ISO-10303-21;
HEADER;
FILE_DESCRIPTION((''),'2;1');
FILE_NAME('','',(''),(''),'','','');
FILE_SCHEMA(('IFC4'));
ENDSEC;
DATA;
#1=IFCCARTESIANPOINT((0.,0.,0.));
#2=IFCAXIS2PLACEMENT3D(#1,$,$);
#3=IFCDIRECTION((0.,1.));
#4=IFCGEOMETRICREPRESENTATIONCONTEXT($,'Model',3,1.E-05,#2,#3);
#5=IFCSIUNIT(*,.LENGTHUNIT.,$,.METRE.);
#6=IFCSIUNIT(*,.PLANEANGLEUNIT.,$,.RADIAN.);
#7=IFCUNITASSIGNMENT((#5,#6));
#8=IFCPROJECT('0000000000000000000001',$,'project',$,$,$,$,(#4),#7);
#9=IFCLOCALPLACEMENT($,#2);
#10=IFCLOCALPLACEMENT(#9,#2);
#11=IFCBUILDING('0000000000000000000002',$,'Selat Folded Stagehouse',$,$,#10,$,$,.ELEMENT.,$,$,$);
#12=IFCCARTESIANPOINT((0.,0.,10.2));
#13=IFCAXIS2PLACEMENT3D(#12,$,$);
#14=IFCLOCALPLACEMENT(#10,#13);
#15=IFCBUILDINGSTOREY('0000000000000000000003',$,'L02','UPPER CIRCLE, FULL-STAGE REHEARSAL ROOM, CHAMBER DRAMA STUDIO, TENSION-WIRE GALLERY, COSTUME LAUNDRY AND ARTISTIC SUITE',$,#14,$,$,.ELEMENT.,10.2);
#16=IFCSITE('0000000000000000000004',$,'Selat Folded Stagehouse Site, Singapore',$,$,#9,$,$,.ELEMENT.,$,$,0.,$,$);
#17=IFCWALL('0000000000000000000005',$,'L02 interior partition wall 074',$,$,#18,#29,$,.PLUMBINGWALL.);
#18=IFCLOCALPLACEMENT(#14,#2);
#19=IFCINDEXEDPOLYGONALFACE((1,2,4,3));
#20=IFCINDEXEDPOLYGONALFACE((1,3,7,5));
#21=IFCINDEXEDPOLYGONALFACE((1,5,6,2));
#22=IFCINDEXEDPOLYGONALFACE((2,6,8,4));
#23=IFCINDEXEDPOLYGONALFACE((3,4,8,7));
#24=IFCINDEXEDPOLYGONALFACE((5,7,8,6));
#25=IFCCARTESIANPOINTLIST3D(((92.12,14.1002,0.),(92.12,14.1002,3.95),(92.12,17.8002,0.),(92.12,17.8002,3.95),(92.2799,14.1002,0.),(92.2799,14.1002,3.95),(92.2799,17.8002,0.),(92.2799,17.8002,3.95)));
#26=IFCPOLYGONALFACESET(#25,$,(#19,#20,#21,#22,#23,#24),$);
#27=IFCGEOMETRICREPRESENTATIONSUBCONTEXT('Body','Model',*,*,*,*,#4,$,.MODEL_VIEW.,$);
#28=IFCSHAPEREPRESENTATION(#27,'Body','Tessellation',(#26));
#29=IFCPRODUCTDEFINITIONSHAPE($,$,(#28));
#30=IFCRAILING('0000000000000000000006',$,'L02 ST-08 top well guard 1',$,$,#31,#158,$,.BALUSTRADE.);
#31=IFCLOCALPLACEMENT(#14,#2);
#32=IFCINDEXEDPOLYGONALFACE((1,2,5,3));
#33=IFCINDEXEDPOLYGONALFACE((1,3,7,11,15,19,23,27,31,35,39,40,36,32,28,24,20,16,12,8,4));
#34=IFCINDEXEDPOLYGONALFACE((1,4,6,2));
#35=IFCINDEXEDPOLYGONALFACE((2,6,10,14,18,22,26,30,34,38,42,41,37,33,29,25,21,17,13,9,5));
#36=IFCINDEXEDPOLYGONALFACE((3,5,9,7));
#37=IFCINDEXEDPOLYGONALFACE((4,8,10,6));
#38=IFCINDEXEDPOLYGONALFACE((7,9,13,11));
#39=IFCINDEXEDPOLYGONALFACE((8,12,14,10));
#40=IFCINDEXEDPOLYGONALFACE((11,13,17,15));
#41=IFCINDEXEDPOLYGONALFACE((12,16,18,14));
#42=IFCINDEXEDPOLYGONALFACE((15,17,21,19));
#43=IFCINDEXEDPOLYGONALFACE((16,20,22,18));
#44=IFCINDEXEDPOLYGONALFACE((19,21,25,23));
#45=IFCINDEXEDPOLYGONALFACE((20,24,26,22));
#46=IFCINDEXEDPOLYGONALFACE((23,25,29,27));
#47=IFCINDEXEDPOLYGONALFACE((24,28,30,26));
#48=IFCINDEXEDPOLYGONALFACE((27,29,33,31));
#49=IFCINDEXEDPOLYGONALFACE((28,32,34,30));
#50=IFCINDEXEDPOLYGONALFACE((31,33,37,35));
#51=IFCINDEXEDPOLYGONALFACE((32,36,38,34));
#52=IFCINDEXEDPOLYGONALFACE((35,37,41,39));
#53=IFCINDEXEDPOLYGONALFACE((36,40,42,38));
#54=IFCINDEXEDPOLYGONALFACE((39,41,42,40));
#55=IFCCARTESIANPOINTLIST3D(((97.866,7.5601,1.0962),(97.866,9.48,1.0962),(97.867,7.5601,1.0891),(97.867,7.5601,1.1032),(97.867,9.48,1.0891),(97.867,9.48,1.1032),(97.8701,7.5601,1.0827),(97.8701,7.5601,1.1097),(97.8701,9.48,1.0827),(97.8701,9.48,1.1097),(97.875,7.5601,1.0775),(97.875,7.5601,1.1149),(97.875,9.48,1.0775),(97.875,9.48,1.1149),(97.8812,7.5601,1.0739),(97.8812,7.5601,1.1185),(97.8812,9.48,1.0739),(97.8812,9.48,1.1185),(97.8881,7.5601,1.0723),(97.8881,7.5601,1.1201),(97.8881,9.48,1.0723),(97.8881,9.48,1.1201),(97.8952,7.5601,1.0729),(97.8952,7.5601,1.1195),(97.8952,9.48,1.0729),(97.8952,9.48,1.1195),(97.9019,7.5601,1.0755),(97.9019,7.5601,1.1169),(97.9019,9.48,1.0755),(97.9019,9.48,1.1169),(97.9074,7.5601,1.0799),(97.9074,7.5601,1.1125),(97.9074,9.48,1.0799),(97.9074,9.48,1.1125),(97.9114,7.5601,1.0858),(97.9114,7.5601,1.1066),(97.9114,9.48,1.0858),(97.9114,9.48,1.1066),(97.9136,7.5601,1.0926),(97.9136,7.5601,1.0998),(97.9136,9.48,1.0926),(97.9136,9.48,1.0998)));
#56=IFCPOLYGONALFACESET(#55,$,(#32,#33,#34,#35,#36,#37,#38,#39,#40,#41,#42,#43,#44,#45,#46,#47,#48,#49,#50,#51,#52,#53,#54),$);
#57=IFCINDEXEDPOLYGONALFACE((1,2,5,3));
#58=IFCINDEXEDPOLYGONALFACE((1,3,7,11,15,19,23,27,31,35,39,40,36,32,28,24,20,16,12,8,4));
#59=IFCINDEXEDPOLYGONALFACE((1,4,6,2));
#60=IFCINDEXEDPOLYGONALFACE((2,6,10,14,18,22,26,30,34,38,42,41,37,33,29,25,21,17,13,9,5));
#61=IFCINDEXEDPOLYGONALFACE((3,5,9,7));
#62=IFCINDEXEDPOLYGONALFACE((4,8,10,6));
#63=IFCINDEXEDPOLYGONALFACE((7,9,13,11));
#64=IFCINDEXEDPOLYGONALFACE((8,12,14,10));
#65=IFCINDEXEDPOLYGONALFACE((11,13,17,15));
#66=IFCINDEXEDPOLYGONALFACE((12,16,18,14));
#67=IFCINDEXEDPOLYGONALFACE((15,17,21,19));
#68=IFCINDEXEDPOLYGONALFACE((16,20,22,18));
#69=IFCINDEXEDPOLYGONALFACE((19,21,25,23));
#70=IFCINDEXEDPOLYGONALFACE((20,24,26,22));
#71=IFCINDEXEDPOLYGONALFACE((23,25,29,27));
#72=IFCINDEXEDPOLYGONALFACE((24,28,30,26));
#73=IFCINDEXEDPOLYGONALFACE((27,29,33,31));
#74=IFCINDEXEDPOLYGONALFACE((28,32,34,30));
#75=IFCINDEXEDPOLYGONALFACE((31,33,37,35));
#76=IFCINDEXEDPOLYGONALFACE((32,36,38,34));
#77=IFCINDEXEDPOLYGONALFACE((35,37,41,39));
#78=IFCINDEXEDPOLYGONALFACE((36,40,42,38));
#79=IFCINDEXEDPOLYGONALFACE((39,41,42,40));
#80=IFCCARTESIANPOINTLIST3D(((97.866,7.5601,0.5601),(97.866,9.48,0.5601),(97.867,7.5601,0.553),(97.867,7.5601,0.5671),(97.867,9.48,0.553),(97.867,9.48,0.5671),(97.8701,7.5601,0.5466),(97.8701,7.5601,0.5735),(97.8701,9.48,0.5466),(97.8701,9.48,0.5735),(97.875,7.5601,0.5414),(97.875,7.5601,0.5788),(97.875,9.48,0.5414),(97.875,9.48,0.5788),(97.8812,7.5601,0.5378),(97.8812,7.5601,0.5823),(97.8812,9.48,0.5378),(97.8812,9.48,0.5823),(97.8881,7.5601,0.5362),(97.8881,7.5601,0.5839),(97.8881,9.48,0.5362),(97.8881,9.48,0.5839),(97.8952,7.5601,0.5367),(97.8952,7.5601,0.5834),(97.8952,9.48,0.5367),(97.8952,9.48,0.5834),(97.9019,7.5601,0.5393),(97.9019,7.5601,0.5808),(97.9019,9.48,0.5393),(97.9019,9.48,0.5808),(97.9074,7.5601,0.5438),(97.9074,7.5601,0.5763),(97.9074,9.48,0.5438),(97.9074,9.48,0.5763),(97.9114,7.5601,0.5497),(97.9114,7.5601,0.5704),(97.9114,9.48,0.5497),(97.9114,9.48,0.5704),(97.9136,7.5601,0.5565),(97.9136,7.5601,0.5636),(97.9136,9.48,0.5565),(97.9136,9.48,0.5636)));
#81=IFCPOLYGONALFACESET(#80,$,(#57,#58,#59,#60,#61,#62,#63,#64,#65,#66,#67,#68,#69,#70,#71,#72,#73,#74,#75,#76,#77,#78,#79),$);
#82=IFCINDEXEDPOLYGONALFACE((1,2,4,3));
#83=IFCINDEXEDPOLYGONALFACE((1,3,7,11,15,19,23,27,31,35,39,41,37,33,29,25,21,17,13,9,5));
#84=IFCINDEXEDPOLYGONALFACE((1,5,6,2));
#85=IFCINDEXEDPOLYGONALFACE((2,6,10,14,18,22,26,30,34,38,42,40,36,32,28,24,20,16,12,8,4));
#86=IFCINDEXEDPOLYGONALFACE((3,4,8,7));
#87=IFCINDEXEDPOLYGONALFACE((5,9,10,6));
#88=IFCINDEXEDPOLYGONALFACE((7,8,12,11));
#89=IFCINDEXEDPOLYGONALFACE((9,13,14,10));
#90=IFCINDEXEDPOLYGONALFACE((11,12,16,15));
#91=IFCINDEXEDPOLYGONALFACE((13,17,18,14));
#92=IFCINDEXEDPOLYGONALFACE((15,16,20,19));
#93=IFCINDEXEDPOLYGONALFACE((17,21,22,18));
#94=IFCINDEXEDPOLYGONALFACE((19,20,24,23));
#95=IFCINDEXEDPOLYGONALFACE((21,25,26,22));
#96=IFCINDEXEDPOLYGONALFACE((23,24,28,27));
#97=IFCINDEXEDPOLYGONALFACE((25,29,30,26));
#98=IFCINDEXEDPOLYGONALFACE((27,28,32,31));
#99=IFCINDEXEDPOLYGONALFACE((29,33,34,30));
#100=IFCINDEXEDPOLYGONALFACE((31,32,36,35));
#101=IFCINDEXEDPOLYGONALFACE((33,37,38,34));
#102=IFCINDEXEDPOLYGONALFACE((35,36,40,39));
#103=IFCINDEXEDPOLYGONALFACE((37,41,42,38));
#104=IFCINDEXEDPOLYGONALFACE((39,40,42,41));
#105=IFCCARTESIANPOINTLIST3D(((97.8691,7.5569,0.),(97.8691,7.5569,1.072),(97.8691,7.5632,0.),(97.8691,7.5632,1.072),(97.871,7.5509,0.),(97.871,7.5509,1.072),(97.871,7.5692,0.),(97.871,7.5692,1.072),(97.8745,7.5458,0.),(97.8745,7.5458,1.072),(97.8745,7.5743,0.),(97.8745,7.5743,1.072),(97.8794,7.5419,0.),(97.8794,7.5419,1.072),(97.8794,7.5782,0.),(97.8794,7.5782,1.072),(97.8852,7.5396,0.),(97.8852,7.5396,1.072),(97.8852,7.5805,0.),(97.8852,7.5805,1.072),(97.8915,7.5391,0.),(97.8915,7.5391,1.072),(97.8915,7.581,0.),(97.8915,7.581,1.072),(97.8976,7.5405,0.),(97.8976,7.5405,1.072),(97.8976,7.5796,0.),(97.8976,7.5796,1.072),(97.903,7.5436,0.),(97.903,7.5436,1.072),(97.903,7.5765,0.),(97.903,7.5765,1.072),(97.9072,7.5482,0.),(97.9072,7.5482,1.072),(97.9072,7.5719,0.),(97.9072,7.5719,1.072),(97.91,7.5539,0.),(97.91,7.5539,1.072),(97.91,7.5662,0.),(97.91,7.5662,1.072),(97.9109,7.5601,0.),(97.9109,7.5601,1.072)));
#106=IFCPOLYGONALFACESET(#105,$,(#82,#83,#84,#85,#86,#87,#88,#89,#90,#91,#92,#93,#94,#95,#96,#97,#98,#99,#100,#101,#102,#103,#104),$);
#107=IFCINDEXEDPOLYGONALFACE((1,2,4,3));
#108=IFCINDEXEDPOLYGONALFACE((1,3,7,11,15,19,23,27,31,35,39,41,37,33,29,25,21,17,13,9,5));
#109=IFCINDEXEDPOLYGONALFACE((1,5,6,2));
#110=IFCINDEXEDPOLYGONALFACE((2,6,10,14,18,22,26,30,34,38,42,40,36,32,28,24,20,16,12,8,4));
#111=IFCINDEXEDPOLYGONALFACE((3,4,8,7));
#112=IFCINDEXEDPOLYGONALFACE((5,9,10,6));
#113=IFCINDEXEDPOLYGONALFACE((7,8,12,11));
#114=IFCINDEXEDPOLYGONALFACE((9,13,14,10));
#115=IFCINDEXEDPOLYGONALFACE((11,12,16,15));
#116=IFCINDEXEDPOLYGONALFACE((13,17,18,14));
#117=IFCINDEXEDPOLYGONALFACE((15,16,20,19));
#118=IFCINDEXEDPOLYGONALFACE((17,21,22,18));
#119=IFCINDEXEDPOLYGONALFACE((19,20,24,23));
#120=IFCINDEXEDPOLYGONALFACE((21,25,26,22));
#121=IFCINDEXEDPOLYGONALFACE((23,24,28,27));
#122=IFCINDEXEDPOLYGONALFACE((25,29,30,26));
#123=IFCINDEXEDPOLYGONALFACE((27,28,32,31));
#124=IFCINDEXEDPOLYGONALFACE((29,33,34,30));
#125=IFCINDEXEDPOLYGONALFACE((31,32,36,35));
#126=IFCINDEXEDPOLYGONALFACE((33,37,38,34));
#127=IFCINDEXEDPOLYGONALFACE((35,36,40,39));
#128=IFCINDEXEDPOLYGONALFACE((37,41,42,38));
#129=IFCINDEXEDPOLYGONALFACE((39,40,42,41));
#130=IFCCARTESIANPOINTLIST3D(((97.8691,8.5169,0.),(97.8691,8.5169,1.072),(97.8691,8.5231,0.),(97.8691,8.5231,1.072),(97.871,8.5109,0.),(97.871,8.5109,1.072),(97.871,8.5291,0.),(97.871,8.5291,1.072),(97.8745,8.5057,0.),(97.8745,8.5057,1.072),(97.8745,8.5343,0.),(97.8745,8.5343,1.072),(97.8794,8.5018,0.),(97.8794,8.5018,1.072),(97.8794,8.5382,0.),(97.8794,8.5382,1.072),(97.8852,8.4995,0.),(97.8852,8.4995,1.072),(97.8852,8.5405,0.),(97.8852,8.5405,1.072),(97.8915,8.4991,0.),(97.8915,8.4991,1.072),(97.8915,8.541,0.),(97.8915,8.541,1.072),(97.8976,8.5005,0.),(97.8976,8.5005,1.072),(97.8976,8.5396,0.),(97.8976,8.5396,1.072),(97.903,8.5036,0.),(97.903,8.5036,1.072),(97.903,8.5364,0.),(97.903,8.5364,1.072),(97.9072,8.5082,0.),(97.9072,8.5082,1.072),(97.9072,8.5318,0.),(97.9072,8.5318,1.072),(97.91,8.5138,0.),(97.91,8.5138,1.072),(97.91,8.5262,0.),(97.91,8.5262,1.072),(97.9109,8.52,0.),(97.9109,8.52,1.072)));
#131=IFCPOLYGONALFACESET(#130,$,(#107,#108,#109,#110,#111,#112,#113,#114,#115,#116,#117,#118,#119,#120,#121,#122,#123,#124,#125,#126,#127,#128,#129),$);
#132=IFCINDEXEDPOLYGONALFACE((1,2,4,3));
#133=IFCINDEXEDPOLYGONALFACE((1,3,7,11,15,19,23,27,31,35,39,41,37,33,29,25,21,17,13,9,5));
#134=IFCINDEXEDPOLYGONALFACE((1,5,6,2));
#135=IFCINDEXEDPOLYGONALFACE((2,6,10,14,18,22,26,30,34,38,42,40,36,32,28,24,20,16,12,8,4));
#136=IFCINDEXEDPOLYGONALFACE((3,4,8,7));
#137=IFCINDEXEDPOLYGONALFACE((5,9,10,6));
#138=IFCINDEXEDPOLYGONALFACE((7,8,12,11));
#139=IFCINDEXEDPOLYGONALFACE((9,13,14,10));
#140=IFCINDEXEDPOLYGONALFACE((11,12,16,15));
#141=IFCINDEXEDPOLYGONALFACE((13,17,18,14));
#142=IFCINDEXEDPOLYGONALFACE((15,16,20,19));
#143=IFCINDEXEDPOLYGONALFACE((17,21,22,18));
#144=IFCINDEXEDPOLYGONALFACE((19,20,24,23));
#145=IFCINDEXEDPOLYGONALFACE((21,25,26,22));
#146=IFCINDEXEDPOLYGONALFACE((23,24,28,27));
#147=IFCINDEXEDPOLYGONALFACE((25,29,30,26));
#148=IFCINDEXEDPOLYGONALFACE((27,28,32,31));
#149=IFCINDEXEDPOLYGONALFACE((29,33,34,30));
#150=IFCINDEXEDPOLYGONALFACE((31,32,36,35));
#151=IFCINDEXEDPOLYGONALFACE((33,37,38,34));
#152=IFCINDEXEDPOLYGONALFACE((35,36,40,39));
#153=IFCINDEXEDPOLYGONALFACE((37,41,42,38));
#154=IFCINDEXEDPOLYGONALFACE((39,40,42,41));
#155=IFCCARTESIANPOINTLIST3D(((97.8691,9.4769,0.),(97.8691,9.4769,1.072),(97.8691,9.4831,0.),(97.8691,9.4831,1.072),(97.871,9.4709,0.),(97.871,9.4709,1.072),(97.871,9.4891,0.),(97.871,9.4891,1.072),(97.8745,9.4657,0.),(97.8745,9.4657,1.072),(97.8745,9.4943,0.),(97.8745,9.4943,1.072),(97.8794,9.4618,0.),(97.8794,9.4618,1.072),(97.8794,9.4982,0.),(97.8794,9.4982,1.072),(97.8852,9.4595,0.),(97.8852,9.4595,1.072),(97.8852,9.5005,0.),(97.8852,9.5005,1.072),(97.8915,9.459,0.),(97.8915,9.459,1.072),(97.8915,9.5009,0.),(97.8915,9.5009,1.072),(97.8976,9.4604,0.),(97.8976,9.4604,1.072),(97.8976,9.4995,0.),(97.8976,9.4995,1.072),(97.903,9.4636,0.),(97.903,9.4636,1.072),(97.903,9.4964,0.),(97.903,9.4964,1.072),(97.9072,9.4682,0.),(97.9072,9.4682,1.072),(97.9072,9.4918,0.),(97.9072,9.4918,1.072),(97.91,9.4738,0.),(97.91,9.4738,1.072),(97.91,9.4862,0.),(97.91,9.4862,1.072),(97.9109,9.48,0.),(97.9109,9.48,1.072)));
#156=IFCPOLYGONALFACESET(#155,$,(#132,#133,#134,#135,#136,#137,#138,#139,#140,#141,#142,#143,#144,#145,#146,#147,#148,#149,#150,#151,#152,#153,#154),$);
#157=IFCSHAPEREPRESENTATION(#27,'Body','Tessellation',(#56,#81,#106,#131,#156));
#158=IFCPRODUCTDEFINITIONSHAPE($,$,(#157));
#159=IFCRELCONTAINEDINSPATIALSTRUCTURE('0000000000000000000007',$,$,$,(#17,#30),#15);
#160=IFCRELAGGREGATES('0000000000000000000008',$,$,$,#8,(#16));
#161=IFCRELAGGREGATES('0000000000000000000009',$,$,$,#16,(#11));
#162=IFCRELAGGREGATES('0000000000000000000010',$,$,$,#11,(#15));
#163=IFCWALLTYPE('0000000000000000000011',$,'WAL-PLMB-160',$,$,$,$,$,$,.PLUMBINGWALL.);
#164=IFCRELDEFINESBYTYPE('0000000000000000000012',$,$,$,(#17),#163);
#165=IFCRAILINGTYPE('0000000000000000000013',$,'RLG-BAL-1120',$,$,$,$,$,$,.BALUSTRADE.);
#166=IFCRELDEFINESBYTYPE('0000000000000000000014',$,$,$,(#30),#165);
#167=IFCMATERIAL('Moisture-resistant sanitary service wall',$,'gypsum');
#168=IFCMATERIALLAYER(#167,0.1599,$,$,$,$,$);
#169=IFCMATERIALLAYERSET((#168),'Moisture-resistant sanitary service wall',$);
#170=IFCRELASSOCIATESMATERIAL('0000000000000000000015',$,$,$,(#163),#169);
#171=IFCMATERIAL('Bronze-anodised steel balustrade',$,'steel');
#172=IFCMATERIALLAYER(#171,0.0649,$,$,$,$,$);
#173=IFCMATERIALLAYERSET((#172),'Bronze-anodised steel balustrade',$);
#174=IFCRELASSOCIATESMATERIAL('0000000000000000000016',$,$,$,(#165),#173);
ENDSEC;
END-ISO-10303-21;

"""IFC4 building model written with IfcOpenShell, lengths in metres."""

from ifc_helpers import new_model, si_unit, direction, frame, frame_2d, origin, origin_2d, place, context, subcontext, project, spatial, rectangle, circle, extrude, material, layer, layer_set, type_object, element, save


model = new_model("IFC4")

# Units and contexts
model_context = context("Model", 3, precision=1e-05, world=origin(), true_north=direction((0.0, 1.0)))
body_context = subcontext(model_context, "Body", "Model", "MODEL_VIEW")
ifc_project = project(units=[si_unit("LENGTHUNIT", "METRE"), si_unit("PLANEANGLEUNIT", "RADIAN")], contexts=[model_context])

# Site, building, storey
site_placement = place(None, origin())
site = spatial("IfcSite", under=ifc_project, at=site_placement, Name="Selat Folded Stagehouse Site, Singapore", CompositionType="ELEMENT", RefElevation=0.0)
building_placement = place(site_placement, origin())
building = spatial("IfcBuilding", under=site, at=building_placement, Name="Selat Folded Stagehouse", CompositionType="ELEMENT")
storey_placement = place(building_placement, frame((0.0, 0.0, 10.2)))
storey = spatial("IfcBuildingStorey", under=building, at=storey_placement, Name="L02", Description="UPPER CIRCLE, FULL-STAGE REHEARSAL ROOM, CHAMBER DRAMA STUDIO, TENSION-WIRE GALLERY, COSTUME LAUNDRY AND ARTISTIC SUITE", CompositionType="ELEMENT", Elevation=10.2)

# Shared definitions
ifc_material_1 = material(Name="Moisture-resistant sanitary service wall", Category="gypsum")
ifc_layer_1 = layer(ifc_material_1, 0.1599)
ifc_layer_set_1 = layer_set([ifc_layer_1], Name="Moisture-resistant sanitary service wall")
wall_type_1 = type_object("IfcWallType", Name="WAL-PLMB-160", PredefinedType="PLUMBINGWALL", material=ifc_layer_set_1)

# Wall
wall_1_placement = place(storey_placement, frame((92.2, 14.1001, 0.0), z_axis=(0.0, 0.0, 1.0), x_axis=(0.0, 1.0, 0.0)))
element("IfcWall", 1, at=wall_1_placement, inside=storey, type_object=wall_type_1, Name="L02 interior partition wall 074", PredefinedType="PLUMBINGWALL", context=body_context, shape_type="SweptSolid", body=[
    extrude(rectangle(XDim=3.7, YDim=0.1599, at=frame_2d((1.8501, 0.0))), origin(), (0.0, 0.0, 1.0), 3.95),
])

# Railing
ifc_material_2 = material(Name="Bronze-anodised steel balustrade", Category="steel")
ifc_layer_2 = layer(ifc_material_2, 0.0649)
ifc_layer_set_2 = layer_set([ifc_layer_2], Name="Bronze-anodised steel balustrade")
railing_type = type_object("IfcRailingType", Name="RLG-BAL-1120", PredefinedType="BALUSTRADE", material=ifc_layer_set_2)
railing_placement = place(storey_placement, frame((97.8899, 7.5601, 0.0)))
element("IfcRailing", 2, at=railing_placement, inside=storey, type_object=railing_type, Name="L02 ST-08 top well guard 1", PredefinedType="BALUSTRADE", context=body_context, shape_type="SweptSolid", body=[
    extrude(circle(Radius=0.0239, at=origin_2d()), frame((0.0, 0.0, 1.0962), z_axis=(0.0, 1.0, 0.0), x_axis=(-1.0, 0.0, 0.0)), (0.0, 0.0, 1.0), 1.9199),
    extrude(circle(Radius=0.0239, at=origin_2d()), frame((0.0, 0.0, 0.5601), z_axis=(0.0, 1.0, 0.0), x_axis=(-1.0, 0.0, 0.0)), (0.0, 0.0, 1.0), 1.9199),
    extrude(circle(Radius=0.021, at=origin_2d()), origin(), (0.0, 0.0, 1.0), 1.072),
    extrude(circle(Radius=0.021, at=origin_2d()), frame((0.0, 0.96, 0.0)), (0.0, 0.0, 1.0), 1.072),
    extrude(circle(Radius=0.021, at=origin_2d()), frame((0.0, 1.9199, 0.0)), (0.0, 0.0, 1.0), 1.072),
])

save(model, "model.ifc")
